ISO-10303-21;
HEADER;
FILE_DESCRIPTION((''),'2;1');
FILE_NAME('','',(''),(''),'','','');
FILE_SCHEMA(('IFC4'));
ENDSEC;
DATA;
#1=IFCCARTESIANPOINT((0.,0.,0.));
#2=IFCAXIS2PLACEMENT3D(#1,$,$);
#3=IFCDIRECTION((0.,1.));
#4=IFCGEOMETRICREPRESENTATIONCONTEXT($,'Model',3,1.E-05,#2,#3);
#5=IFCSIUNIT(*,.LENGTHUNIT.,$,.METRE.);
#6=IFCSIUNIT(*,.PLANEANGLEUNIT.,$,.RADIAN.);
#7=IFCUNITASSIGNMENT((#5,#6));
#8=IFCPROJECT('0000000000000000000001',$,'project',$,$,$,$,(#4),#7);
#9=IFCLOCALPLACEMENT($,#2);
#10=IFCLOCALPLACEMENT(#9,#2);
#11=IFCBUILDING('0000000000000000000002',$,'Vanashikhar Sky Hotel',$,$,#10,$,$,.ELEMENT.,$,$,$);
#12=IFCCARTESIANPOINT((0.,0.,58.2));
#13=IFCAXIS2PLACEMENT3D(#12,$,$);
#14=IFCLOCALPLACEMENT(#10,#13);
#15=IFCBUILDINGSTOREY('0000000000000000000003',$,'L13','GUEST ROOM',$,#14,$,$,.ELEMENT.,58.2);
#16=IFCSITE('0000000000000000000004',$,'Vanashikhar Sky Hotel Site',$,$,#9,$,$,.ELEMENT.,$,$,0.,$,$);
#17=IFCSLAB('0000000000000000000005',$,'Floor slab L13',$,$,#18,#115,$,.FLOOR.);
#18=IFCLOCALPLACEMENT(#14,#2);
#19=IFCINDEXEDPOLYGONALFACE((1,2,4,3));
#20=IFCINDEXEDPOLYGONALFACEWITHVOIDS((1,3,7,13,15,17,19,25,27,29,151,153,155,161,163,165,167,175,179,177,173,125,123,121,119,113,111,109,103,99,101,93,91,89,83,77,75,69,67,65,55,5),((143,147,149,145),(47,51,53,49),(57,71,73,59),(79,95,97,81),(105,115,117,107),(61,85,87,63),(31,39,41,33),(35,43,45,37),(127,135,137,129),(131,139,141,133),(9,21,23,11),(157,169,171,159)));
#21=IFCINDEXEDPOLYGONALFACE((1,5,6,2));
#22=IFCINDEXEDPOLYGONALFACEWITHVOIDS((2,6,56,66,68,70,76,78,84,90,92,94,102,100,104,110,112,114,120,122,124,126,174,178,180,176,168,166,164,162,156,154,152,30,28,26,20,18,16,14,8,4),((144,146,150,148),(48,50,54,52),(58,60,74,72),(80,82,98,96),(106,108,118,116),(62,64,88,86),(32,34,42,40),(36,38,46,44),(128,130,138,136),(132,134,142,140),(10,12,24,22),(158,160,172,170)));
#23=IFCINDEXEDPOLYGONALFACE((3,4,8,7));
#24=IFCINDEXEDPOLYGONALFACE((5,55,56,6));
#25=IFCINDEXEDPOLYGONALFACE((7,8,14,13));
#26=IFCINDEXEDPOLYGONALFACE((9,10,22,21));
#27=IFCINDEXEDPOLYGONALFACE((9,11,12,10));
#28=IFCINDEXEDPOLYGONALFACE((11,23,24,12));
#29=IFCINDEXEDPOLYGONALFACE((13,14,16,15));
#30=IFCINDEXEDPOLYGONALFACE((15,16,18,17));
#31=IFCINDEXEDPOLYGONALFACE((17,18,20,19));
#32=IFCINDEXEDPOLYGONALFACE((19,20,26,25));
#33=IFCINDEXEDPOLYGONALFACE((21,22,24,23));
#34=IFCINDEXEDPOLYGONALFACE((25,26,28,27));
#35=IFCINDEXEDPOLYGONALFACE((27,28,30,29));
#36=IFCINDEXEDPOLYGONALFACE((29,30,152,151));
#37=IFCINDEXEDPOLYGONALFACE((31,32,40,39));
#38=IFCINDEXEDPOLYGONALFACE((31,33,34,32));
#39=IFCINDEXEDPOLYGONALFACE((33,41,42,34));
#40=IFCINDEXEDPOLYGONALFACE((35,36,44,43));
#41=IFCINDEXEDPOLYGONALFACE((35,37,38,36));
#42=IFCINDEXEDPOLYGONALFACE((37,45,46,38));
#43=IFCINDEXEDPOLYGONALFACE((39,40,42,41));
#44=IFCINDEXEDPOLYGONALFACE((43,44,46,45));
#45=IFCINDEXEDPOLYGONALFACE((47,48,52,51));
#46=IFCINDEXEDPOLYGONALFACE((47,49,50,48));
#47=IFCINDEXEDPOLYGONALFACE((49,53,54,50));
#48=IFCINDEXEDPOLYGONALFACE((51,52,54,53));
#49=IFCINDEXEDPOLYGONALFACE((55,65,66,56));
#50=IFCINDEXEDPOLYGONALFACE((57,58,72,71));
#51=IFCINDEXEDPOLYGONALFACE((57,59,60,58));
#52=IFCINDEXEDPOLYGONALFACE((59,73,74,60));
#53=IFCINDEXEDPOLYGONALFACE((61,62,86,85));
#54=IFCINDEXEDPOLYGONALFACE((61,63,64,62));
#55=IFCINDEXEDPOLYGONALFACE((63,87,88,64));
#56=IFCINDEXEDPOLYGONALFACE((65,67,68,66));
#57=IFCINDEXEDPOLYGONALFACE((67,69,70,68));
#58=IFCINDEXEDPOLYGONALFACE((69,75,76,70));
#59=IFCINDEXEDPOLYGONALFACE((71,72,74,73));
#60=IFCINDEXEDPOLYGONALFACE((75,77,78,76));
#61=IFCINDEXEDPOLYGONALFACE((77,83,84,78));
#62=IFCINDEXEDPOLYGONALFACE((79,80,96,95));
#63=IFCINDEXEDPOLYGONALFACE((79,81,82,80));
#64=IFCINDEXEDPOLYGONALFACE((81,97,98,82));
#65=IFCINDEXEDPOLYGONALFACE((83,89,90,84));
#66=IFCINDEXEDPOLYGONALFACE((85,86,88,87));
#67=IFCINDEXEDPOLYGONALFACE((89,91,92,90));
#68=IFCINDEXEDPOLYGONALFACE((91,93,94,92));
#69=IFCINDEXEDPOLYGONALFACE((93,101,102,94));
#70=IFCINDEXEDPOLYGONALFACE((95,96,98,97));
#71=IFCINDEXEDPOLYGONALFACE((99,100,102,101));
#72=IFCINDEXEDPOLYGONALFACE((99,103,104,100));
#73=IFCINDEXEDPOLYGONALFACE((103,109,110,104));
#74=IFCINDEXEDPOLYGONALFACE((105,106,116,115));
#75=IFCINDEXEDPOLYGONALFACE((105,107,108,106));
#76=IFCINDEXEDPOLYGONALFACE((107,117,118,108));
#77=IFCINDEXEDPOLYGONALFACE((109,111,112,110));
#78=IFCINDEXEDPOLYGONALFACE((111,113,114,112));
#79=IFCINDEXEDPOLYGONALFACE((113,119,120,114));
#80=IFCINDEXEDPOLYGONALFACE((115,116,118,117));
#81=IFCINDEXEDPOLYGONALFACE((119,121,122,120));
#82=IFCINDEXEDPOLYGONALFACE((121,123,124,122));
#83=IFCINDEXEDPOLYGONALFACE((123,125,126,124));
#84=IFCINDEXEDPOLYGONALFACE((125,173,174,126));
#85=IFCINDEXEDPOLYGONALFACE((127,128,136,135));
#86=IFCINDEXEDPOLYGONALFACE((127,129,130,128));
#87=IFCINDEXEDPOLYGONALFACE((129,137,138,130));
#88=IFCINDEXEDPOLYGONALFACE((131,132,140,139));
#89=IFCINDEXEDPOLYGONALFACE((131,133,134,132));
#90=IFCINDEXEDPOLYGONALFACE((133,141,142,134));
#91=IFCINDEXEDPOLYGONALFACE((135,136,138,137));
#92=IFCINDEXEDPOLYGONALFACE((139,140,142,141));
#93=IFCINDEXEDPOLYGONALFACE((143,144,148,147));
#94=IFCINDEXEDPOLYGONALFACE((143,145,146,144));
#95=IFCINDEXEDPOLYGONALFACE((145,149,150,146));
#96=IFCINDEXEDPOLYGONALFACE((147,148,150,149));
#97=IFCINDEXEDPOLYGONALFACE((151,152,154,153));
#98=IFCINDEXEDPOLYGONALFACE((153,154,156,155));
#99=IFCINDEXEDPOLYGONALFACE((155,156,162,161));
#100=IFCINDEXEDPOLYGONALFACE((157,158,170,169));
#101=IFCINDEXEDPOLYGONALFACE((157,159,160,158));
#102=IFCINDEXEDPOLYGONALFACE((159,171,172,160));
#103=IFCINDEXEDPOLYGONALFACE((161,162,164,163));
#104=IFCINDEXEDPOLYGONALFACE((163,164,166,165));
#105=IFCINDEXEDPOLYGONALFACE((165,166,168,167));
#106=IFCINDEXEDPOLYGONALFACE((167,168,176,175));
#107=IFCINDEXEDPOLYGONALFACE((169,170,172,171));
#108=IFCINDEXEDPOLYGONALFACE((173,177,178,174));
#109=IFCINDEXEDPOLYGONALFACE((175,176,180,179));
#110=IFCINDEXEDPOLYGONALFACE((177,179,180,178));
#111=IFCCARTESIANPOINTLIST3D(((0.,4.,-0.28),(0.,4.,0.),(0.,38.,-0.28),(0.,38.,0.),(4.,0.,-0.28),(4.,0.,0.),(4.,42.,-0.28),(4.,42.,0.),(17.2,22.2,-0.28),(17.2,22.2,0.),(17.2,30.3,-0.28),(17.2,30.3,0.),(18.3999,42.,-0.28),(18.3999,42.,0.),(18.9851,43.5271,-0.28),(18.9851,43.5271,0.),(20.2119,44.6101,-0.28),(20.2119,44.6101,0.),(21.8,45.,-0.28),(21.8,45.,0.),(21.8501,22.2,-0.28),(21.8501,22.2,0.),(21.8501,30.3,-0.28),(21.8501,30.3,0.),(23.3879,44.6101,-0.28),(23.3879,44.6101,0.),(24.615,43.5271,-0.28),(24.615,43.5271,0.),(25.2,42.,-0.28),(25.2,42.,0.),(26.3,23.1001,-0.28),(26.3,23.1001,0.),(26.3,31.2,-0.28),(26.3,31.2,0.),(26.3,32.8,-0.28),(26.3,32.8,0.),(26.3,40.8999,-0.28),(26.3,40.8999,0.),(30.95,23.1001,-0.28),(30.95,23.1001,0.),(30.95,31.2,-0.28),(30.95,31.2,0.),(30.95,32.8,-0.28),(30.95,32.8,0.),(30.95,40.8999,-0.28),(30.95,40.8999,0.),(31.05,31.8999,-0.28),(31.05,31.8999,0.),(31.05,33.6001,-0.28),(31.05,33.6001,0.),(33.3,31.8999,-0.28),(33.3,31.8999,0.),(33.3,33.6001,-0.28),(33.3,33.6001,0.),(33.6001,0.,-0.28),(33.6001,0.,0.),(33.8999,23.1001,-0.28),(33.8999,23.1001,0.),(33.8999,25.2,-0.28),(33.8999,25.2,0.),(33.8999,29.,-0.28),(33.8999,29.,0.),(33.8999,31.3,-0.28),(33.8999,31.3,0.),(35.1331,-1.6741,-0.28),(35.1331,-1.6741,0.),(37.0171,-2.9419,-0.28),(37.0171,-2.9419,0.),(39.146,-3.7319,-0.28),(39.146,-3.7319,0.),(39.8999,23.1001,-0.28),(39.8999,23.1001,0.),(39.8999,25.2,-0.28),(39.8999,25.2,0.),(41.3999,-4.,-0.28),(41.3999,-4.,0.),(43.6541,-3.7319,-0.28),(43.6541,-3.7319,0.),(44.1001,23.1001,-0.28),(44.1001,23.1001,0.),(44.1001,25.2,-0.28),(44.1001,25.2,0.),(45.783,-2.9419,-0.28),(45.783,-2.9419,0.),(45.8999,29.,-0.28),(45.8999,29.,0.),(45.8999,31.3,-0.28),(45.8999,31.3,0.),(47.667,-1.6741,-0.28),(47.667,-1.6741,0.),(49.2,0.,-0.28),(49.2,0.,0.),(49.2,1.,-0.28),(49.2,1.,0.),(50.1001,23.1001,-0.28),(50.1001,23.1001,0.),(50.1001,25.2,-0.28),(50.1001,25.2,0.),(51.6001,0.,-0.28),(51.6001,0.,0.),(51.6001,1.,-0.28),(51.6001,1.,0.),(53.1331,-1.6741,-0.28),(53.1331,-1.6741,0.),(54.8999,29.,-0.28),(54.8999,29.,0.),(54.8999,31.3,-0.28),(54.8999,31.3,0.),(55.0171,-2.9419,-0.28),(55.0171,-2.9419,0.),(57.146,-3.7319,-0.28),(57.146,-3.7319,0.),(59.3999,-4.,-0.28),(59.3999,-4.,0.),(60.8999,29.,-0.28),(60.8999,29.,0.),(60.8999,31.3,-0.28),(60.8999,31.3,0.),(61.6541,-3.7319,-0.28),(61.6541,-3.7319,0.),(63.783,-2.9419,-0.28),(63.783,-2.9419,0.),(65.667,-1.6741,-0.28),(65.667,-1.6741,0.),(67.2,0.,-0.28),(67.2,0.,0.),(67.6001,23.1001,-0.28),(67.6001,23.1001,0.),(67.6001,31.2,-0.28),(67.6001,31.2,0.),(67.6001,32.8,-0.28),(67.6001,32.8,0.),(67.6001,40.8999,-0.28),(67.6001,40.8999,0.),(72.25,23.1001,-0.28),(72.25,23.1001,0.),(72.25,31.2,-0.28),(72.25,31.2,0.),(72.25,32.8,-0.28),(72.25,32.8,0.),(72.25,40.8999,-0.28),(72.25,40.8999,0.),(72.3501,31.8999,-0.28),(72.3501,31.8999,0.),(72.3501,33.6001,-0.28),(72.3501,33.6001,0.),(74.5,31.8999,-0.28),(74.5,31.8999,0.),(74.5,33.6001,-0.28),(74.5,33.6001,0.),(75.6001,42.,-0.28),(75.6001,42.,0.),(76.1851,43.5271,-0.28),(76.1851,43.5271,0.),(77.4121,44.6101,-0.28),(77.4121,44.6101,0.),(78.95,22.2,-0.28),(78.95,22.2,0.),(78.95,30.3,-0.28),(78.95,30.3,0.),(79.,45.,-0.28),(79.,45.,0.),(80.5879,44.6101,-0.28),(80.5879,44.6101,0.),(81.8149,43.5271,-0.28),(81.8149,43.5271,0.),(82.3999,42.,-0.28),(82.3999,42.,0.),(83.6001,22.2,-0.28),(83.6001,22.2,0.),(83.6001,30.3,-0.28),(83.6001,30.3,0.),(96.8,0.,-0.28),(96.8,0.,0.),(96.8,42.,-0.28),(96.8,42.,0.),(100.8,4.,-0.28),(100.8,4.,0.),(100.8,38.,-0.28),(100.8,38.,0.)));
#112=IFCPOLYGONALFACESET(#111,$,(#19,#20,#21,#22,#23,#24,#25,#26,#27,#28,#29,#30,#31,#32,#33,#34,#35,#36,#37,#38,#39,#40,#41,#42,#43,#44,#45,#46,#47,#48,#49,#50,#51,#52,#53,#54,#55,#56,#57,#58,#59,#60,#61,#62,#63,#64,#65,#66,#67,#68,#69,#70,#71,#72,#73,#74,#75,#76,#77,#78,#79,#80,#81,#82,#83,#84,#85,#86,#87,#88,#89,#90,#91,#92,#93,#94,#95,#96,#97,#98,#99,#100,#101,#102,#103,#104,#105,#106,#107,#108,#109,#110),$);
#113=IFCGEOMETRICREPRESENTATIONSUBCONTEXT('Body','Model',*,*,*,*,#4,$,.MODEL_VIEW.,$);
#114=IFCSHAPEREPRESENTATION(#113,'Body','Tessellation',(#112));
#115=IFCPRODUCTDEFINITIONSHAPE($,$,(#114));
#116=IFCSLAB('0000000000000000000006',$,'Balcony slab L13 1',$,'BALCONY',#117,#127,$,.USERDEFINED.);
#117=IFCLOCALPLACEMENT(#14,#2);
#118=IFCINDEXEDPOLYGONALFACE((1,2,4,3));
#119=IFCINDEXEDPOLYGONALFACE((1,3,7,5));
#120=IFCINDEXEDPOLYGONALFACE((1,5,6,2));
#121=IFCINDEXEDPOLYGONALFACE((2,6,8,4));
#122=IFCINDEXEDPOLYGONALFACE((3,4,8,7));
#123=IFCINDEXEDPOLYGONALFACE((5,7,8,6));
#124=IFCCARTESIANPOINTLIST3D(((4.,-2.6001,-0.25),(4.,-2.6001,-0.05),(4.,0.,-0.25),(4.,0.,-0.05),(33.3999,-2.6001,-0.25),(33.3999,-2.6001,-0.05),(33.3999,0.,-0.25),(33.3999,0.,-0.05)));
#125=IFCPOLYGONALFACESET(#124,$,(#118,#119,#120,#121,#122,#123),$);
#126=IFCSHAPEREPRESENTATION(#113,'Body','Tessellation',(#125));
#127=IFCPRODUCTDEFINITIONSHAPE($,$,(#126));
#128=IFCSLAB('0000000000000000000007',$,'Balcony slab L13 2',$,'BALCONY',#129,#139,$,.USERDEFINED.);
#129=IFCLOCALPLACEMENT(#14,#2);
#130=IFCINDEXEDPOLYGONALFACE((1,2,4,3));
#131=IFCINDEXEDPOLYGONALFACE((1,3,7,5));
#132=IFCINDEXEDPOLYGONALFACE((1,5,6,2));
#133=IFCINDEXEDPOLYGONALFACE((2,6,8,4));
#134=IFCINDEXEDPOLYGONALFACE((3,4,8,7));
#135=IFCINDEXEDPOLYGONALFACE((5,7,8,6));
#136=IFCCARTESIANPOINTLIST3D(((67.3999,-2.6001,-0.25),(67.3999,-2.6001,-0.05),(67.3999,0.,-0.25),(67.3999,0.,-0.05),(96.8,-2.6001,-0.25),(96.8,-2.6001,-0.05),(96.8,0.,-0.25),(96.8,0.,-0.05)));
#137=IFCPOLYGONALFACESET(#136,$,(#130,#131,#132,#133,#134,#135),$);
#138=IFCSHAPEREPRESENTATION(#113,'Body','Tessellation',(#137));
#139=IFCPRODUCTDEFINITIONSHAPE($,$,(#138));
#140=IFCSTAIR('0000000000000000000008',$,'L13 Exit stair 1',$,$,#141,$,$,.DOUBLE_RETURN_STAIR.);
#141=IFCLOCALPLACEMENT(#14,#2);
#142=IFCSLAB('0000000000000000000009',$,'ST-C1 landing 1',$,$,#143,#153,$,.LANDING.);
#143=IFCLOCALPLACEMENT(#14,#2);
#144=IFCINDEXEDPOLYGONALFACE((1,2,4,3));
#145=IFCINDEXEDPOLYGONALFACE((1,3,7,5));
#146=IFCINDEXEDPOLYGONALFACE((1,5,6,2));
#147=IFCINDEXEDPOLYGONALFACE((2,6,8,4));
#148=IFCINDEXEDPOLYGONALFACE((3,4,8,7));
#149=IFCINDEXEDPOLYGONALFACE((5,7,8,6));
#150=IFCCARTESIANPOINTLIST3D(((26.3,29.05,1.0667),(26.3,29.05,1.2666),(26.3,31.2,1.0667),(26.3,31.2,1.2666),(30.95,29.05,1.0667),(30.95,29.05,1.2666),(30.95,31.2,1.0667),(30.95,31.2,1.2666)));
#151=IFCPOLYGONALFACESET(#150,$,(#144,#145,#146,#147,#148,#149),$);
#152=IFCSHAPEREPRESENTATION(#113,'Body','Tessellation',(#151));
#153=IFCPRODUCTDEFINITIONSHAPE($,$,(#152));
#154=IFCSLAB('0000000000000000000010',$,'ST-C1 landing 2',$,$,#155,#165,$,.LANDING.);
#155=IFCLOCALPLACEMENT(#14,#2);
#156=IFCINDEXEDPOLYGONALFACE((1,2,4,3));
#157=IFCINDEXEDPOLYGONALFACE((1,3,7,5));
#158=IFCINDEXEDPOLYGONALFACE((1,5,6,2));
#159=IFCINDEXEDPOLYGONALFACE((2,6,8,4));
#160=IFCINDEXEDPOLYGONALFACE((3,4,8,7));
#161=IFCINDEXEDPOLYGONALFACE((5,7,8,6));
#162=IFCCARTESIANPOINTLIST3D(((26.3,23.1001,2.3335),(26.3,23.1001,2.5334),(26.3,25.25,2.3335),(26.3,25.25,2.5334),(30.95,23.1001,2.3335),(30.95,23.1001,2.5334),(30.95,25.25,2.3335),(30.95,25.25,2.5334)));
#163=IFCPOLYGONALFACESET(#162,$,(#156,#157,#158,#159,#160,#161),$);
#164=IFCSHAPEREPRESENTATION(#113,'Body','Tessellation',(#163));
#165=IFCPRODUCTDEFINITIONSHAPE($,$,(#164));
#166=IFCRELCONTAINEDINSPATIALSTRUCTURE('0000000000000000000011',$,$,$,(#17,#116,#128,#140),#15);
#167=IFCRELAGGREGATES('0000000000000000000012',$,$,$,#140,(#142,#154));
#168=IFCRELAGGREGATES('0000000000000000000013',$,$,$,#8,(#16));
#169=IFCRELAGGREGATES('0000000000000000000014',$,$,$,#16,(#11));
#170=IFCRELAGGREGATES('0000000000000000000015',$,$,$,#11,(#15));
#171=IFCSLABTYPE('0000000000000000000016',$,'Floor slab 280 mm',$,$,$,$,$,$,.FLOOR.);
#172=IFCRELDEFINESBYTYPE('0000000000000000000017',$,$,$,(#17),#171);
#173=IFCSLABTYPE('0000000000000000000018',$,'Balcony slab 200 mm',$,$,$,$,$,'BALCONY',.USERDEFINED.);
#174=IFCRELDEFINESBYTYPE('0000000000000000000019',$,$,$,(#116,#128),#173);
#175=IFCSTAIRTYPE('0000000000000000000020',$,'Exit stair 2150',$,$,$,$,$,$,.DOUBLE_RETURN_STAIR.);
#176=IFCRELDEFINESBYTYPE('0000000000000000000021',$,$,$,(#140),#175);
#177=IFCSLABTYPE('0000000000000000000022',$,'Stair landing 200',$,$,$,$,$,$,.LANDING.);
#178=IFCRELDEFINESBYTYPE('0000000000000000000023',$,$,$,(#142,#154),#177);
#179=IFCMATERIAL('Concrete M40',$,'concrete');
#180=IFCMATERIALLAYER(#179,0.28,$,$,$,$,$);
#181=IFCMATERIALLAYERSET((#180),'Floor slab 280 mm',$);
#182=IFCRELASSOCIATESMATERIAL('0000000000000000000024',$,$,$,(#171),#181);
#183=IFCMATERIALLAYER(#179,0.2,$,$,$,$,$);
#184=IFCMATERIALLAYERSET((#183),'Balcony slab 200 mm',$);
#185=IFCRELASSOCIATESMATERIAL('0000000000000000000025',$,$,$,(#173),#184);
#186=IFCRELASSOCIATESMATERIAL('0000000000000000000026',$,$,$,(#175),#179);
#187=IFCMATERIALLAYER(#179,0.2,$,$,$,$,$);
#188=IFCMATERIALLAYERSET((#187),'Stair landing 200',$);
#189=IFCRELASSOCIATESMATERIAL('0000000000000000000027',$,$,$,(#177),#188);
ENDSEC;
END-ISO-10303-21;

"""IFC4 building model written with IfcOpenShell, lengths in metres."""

from ifc_helpers import new_model, si_unit, direction, frame, origin, place, context, subcontext, project, spatial, polyline, outline, extrude, source, transform, mapped, material, layer, layer_set, type_object, element, aggregate, save


model = new_model("IFC4")

# Units and contexts
model_context = context("Model", 3, precision=1e-05, world=origin(), true_north=direction((0.0, 1.0)))
body_context = subcontext(model_context, "Body", "Model", "MODEL_VIEW")
ifc_project = project(units=[si_unit("LENGTHUNIT", "METRE"), si_unit("PLANEANGLEUNIT", "RADIAN")], contexts=[model_context])

# Site, building, storey
site_placement = place(None, origin())
site = spatial("IfcSite", under=ifc_project, at=site_placement, Name="Vanashikhar Sky Hotel Site", CompositionType="ELEMENT", RefElevation=0.0)
building_placement = place(site_placement, origin())
building = spatial("IfcBuilding", under=site, at=building_placement, Name="Vanashikhar Sky Hotel", CompositionType="ELEMENT")
storey_placement = place(building_placement, frame((0.0, 0.0, 58.2)))
storey = spatial("IfcBuildingStorey", under=building, at=storey_placement, Name="L13", Description="GUEST ROOM", CompositionType="ELEMENT", Elevation=58.2)

# Slabs
ifc_material_1 = material(Name="Concrete M40", Category="concrete")
ifc_layer_1 = layer(ifc_material_1, 0.28)
ifc_layer_set_1 = layer_set([ifc_layer_1], Name="Floor slab 280 mm")
slab_type_1 = type_object("IfcSlabType", Name="Floor slab 280 mm", PredefinedType="FLOOR", material=ifc_layer_set_1)
shared_shape_1 = source(origin(), body_context, "Body", "SweptSolid", [
    extrude(outline(polyline([(49.2, 0.0), (49.2, 1.0), (51.6001, 1.0), (51.6001, 0.0), (53.1331, -1.6741), (55.0171, -2.9419), (57.146, -3.7319), (59.3999, -4.0), (61.6541, -3.7319), (63.783, -2.9419), (65.667, -1.6741), (67.2, 0.0), (96.8, 0.0), (100.8, 4.0), (100.8, 38.0), (96.8, 42.0), (82.3999, 42.0), (81.8149, 43.5271), (80.5879, 44.6101), (79.0, 45.0), (77.4121, 44.6101), (76.1851, 43.5271), (75.6001, 42.0), (25.2, 42.0), (24.615, 43.5271), (23.3879, 44.6101), (21.8, 45.0), (20.2119, 44.6101), (18.9851, 43.5271), (18.3999, 42.0), (4.0, 42.0), (0.0, 38.0), (0.0, 4.0), (4.0, 0.0), (33.6001, 0.0), (35.1331, -1.6741), (37.0171, -2.9419), (39.146, -3.7319), (41.3999, -4.0), (43.6541, -3.7319), (45.783, -2.9419), (47.667, -1.6741), (49.2, 0.0)]), holes=[polyline([(33.3, 33.6001), (31.05, 33.6001), (31.05, 31.8999), (33.3, 31.8999), (33.3, 33.6001)]), polyline([(33.8999, 25.2), (33.8999, 23.1001), (39.8999, 23.1001), (39.8999, 25.2), (33.8999, 25.2)]), polyline([(33.8999, 31.3), (33.8999, 29.0), (45.8999, 29.0), (45.8999, 31.3), (33.8999, 31.3)]), polyline([(44.1001, 25.2), (44.1001, 23.1001), (50.1001, 23.1001), (50.1001, 25.2), (44.1001, 25.2)]), polyline([(54.8999, 31.3), (54.8999, 29.0), (60.8999, 29.0), (60.8999, 31.3), (54.8999, 31.3)]), polyline([(74.5, 33.6001), (72.3501, 33.6001), (72.3501, 31.8999), (74.5, 31.8999), (74.5, 33.6001)]), polyline([(30.95, 23.1001), (30.95, 31.2), (26.3, 31.2), (26.3, 23.1001), (30.95, 23.1001)]), polyline([(72.25, 23.1001), (72.25, 31.2), (67.6001, 31.2), (67.6001, 23.1001), (72.25, 23.1001)]), polyline([(30.95, 32.8), (30.95, 40.8999), (26.3, 40.8999), (26.3, 32.8), (30.95, 32.8)]), polyline([(72.25, 32.8), (72.25, 40.8999), (67.6001, 40.8999), (67.6001, 32.8), (72.25, 32.8)]), polyline([(83.6001, 22.2), (83.6001, 30.3), (78.95, 30.3), (78.95, 22.2), (83.6001, 22.2)]), polyline([(21.8501, 22.2), (21.8501, 30.3), (17.2, 30.3), (17.2, 22.2), (21.8501, 22.2)])]), origin(), (0.0, 0.0, 1.0), 0.28),
])
slab_1_placement = place(storey_placement, frame((0.0, 0.0, -0.28)))
element("IfcSlab", 1, at=slab_1_placement, inside=storey, type_object=slab_type_1, Name="Floor slab L13", PredefinedType="FLOOR", context=body_context, shape_type="MappedRepresentation", body=[
    mapped(shared_shape_1, transform((0.0, 0.0, 0.0), scale=1.0)),
])
ifc_layer_2 = layer(ifc_material_1, 0.2)
ifc_layer_set_2 = layer_set([ifc_layer_2], Name="Balcony slab 200 mm")
slab_type_2 = type_object("IfcSlabType", Name="Balcony slab 200 mm", ElementType="BALCONY", PredefinedType="USERDEFINED", material=ifc_layer_set_2)
shared_shape_2 = source(origin(), body_context, "Body", "SweptSolid", [
    extrude(outline(polyline([(4.0, -2.6001), (33.3999, -2.6001), (33.3999, 0.0), (4.0, 0.0), (4.0, -2.6001)])), origin(), (0.0, 0.0, 1.0), 0.2),
])
slab_2_placement = place(storey_placement, frame((0.0, 0.0, -0.25)))
element("IfcSlab", 2, at=slab_2_placement, inside=storey, type_object=slab_type_2, Name="Balcony slab L13 1", ObjectType="BALCONY", PredefinedType="USERDEFINED", context=body_context, shape_type="MappedRepresentation", body=[
    mapped(shared_shape_2, transform((0.0, 0.0, 0.0), scale=1.0)),
])
shared_shape_3 = source(origin(), body_context, "Body", "SweptSolid", [
    extrude(outline(polyline([(67.3999, -2.6001), (96.8, -2.6001), (96.8, 0.0), (67.3999, 0.0), (67.3999, -2.6001)])), origin(), (0.0, 0.0, 1.0), 0.2),
])
slab_3_placement = place(storey_placement, frame((0.0, 0.0, -0.25)))
element("IfcSlab", 3, at=slab_3_placement, inside=storey, type_object=slab_type_2, Name="Balcony slab L13 2", ObjectType="BALCONY", PredefinedType="USERDEFINED", context=body_context, shape_type="MappedRepresentation", body=[
    mapped(shared_shape_3, transform((0.0, 0.0, 0.0), scale=1.0)),
])

# Stair, slabs
stair_type = type_object("IfcStairType", Name="Exit stair 2150", PredefinedType="DOUBLE_RETURN_STAIR", material=ifc_material_1)
stair_1_placement = place(storey_placement, origin())
stair_1 = element("IfcStair", 4, at=stair_1_placement, inside=storey, type_object=stair_type, Name="L13 Exit stair 1", PredefinedType="DOUBLE_RETURN_STAIR")
ifc_layer_3 = layer(ifc_material_1, 0.2)
ifc_layer_set_3 = layer_set([ifc_layer_3], Name="Stair landing 200")
slab_type_3 = type_object("IfcSlabType", Name="Stair landing 200", PredefinedType="LANDING", material=ifc_layer_set_3)
shared_shape_4 = source(origin(), body_context, "Body", "SweptSolid", [
    extrude(outline(polyline([(30.95, 29.05), (30.95, 31.2), (26.3, 31.2), (26.3, 29.05), (30.95, 29.05)])), origin(), (0.0, 0.0, 1.0), 0.2),
])
slab_4_placement = place(storey_placement, frame((0.0, 0.0, 1.0667)))
slab_4 = element("IfcSlab", 5, at=slab_4_placement, type_object=slab_type_3, Name="ST-C1 landing 1", PredefinedType="LANDING", context=body_context, shape_type="MappedRepresentation", body=[
    mapped(shared_shape_4, transform((0.0, 0.0, 0.0), scale=1.0)),
])
shared_shape_5 = source(origin(), body_context, "Body", "SweptSolid", [
    extrude(outline(polyline([(30.95, 23.1001), (30.95, 25.25), (26.3, 25.25), (26.3, 23.1001), (30.95, 23.1001)])), origin(), (0.0, 0.0, 1.0), 0.2),
])
slab_5_placement = place(storey_placement, frame((0.0, 0.0, 2.3335)))
slab_5 = element("IfcSlab", 6, at=slab_5_placement, type_object=slab_type_3, Name="ST-C1 landing 2", PredefinedType="LANDING", context=body_context, shape_type="MappedRepresentation", body=[
    mapped(shared_shape_5, transform((0.0, 0.0, 0.0), scale=1.0)),
])
aggregate(stair_1, [slab_4, slab_5])

save(model, "model.ifc")
